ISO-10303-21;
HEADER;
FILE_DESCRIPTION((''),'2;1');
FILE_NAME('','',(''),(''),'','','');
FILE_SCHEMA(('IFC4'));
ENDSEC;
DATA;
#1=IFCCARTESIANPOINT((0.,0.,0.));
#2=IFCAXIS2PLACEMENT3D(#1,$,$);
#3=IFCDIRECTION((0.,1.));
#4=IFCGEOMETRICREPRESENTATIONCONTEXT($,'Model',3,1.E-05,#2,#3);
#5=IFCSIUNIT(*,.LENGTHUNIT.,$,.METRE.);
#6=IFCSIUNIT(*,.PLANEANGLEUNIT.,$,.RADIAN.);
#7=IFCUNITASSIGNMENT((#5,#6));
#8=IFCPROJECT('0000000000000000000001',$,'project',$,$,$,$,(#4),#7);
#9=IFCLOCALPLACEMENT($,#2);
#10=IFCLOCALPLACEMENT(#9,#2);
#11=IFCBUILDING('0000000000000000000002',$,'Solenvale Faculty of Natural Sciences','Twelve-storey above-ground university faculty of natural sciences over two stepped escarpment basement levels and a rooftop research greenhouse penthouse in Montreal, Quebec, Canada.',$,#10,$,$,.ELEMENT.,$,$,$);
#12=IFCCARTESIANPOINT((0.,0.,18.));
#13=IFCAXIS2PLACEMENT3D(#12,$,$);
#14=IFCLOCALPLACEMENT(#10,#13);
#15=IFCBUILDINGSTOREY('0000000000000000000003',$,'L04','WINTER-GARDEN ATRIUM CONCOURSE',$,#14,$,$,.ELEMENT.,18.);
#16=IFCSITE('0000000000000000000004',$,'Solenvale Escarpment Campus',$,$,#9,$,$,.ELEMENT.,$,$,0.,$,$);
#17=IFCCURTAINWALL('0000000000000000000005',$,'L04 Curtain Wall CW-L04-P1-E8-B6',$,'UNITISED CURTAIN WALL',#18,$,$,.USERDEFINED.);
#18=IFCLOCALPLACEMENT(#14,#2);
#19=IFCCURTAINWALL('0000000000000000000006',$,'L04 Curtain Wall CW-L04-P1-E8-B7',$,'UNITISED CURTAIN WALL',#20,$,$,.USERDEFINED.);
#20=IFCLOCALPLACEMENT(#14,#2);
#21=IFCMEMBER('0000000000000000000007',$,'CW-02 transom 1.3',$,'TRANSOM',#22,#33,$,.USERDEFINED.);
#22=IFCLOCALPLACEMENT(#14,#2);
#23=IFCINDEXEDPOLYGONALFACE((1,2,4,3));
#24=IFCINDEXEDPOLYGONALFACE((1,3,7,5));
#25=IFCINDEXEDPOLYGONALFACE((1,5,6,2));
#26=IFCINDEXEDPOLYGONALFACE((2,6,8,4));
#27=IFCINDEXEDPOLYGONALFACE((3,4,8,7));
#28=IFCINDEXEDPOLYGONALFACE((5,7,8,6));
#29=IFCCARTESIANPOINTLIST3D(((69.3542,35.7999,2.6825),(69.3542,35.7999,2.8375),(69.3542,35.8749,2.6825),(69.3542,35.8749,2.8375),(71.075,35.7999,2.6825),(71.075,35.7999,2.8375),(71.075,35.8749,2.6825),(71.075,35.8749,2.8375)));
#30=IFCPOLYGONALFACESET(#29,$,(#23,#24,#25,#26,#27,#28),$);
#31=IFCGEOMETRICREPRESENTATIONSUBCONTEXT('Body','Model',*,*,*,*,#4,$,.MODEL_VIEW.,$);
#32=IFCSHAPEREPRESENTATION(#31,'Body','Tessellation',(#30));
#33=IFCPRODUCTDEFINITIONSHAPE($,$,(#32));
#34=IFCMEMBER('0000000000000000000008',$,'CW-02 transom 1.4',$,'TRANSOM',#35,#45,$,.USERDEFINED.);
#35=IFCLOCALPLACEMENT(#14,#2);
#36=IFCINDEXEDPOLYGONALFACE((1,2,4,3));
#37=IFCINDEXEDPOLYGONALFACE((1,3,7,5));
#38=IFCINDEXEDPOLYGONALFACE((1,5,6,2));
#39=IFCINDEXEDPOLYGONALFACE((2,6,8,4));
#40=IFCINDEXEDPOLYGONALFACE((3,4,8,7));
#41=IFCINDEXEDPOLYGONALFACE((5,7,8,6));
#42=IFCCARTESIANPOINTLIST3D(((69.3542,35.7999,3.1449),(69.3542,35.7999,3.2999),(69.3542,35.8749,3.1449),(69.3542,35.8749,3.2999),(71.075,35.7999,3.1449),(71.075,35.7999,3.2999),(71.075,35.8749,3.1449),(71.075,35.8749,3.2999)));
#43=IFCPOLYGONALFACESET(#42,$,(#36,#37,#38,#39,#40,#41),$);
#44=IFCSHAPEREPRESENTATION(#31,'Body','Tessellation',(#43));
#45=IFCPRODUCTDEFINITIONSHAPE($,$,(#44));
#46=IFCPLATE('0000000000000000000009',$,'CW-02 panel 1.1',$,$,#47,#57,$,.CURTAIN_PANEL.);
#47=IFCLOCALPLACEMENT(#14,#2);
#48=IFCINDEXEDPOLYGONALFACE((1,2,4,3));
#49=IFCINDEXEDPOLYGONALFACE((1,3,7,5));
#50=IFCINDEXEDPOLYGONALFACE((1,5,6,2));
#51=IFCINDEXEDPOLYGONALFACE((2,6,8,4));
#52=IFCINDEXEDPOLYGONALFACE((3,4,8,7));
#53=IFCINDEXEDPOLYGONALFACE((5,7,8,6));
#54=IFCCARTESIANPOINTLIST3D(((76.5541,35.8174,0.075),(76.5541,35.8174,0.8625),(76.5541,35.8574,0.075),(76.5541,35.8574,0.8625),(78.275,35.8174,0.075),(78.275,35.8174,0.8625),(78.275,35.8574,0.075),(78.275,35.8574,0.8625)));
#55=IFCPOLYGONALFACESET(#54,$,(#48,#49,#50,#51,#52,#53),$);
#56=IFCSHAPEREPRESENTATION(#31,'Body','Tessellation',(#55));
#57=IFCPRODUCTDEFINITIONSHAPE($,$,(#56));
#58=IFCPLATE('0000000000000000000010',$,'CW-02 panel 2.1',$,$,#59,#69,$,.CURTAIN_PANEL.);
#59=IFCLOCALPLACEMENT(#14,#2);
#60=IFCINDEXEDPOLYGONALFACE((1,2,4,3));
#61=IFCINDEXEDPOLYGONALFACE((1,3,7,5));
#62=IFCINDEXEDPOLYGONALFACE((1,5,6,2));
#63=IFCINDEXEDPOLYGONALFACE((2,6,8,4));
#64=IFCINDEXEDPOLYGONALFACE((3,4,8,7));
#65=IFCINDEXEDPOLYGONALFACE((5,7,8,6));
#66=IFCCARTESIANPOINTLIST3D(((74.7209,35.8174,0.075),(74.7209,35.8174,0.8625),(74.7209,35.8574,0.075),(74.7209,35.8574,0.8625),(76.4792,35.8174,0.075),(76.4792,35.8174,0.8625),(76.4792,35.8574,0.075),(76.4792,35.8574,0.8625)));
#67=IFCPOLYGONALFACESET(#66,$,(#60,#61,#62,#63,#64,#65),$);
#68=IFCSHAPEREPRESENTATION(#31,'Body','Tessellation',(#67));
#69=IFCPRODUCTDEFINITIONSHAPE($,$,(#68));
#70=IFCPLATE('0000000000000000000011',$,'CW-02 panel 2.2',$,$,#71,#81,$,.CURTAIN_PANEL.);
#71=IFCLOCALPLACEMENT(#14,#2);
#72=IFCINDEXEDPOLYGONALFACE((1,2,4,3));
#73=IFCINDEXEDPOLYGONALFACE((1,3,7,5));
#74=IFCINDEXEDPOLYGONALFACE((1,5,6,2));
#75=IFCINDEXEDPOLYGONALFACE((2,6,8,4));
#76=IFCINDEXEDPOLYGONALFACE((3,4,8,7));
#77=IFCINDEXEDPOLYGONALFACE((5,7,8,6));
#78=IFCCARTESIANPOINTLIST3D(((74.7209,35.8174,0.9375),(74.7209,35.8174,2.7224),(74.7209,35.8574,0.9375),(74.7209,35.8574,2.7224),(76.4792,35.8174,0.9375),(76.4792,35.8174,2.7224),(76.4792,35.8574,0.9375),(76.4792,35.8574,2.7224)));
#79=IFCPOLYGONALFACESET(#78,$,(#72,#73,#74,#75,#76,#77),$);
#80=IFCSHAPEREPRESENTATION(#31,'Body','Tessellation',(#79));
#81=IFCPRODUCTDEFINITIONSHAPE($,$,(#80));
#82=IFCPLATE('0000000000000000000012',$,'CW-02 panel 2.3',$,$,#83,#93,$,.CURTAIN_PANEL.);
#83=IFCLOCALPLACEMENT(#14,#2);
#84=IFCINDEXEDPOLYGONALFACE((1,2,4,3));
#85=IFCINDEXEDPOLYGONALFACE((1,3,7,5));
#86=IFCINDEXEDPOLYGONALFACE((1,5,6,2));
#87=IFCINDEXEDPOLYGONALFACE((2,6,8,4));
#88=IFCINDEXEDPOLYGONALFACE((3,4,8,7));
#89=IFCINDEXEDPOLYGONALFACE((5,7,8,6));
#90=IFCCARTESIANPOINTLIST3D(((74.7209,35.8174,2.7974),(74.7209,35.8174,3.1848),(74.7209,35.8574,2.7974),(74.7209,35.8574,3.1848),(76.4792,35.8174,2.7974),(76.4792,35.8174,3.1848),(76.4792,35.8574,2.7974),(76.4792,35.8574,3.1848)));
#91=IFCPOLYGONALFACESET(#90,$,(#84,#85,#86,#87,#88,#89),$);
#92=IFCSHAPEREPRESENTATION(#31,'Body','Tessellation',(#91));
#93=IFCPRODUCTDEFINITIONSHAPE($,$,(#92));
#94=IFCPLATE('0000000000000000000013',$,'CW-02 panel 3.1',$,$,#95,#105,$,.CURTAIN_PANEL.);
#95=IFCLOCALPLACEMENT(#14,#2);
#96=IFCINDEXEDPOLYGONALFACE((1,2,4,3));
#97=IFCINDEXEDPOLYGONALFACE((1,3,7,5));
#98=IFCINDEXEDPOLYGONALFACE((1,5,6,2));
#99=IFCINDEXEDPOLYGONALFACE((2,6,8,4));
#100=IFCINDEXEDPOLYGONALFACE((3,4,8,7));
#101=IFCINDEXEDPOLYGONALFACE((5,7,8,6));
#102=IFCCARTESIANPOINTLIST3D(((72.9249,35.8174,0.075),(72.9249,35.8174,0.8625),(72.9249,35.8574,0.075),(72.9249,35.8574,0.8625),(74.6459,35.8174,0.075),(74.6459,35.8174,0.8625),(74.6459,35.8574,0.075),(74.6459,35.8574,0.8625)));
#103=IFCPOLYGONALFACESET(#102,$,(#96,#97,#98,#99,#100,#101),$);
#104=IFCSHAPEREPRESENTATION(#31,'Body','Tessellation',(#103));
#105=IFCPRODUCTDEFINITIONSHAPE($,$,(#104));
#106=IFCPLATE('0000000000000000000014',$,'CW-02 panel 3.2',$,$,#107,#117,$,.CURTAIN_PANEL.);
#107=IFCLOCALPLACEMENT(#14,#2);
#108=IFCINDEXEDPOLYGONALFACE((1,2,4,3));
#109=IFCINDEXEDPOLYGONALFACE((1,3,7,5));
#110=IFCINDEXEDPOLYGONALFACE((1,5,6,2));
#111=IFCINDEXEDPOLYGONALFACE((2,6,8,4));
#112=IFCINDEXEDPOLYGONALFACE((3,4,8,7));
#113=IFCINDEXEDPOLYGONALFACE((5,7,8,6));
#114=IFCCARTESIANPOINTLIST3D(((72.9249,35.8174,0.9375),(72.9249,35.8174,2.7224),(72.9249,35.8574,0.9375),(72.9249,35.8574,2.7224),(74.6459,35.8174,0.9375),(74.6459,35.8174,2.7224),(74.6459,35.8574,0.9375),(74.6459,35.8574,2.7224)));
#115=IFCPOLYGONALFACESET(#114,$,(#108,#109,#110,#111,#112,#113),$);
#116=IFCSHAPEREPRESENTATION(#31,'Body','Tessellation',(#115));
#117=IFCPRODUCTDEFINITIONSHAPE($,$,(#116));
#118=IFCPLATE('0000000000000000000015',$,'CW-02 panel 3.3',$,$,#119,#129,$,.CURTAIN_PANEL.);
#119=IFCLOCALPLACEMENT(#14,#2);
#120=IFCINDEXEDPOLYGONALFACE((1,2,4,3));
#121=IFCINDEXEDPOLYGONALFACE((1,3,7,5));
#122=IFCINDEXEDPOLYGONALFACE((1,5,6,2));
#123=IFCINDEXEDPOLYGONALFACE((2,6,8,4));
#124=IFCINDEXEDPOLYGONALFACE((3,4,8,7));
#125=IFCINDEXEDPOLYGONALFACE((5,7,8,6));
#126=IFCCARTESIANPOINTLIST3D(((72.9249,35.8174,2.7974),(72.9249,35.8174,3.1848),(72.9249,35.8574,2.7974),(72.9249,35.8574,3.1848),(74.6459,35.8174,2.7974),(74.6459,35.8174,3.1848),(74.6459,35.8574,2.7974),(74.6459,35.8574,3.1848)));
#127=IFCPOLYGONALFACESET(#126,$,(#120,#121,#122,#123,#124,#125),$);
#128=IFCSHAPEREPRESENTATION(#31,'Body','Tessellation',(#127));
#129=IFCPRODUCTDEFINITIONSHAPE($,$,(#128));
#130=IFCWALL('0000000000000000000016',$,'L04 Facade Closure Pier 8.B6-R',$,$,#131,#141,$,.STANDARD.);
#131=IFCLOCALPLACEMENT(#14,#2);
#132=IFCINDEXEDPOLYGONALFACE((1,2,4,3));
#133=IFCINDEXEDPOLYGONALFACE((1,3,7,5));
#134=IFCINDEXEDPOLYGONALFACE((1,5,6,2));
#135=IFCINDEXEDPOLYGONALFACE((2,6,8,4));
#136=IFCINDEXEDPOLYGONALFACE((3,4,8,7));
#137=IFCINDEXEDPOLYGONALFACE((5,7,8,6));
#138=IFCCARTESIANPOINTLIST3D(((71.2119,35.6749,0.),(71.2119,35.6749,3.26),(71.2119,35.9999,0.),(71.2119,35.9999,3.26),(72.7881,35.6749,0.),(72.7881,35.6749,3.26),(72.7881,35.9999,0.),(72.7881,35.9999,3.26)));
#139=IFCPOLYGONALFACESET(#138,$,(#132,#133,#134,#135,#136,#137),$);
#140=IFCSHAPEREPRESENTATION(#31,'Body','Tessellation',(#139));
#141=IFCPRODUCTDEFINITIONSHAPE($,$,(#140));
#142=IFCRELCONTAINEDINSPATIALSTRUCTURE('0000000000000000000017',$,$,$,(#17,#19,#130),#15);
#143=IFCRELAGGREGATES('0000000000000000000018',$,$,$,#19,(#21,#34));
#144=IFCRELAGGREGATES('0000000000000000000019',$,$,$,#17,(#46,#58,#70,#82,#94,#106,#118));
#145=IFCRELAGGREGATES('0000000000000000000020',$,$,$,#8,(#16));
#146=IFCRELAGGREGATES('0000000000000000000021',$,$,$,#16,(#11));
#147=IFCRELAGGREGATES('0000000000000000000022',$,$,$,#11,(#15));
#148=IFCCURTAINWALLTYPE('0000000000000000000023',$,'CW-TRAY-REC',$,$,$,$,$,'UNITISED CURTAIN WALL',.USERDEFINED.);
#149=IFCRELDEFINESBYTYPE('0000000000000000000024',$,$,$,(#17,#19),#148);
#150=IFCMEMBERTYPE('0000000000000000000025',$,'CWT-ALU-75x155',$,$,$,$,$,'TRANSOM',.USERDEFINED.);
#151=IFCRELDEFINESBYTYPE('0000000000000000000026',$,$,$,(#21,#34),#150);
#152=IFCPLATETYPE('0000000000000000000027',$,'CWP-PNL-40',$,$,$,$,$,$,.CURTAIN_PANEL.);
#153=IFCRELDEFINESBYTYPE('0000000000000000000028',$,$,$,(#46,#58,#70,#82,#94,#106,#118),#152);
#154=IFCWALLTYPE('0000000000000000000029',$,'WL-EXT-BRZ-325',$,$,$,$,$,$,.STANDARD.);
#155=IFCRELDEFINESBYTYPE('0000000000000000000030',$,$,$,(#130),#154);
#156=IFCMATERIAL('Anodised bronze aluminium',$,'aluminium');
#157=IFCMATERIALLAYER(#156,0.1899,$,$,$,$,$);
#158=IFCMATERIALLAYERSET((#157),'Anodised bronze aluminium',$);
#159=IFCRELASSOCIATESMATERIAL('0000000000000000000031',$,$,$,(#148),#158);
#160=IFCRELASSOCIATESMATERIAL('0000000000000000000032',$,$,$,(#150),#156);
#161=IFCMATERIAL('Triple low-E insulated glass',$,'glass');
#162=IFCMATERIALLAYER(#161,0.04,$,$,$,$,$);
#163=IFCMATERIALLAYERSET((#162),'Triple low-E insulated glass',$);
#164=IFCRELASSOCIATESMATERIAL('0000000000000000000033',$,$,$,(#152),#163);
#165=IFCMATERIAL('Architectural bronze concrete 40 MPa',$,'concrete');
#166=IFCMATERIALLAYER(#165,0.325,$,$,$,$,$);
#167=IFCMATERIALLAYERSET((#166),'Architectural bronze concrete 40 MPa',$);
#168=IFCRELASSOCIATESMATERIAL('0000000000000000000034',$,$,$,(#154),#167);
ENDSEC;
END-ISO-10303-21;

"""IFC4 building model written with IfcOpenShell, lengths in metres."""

from ifc_helpers import new_model, si_unit, direction, frame, frame_2d, origin, origin_2d, place, context, subcontext, project, spatial, rectangle, extrude, material, layer, layer_set, material_profile, profile_set, type_object, element, aggregate, save


model = new_model("IFC4")

# Units and contexts
model_context = context("Model", 3, precision=1e-05, world=origin(), true_north=direction((0.0, 1.0)))
body_context = subcontext(model_context, "Body", "Model", "MODEL_VIEW")
ifc_project = project(units=[si_unit("LENGTHUNIT", "METRE"), si_unit("PLANEANGLEUNIT", "RADIAN")], contexts=[model_context])

# Site, building, storey
site_placement = place(None, origin())
site = spatial("IfcSite", under=ifc_project, at=site_placement, Name="Solenvale Escarpment Campus", CompositionType="ELEMENT", RefElevation=0.0)
building_placement = place(site_placement, origin())
building = spatial("IfcBuilding", under=site, at=building_placement, Name="Solenvale Faculty of Natural Sciences", Description="Twelve-storey above-ground university faculty of natural sciences over two stepped escarpment basement levels and a rooftop research greenhouse penthouse in Montreal, Quebec, Canada.", CompositionType="ELEMENT")
storey_placement = place(building_placement, frame((0.0, 0.0, 18.0)))
storey = spatial("IfcBuildingStorey", under=building, at=storey_placement, Name="L04", Description="WINTER-GARDEN ATRIUM CONCOURSE", CompositionType="ELEMENT", Elevation=18.0)

# Curtain wall
ifc_material_1 = material(Name="Anodised bronze aluminium", Category="aluminium")
ifc_layer_1 = layer(ifc_material_1, 0.1899)
ifc_layer_set_1 = layer_set([ifc_layer_1], Name="Anodised bronze aluminium")
curtain_wall_type = type_object("IfcCurtainWallType", Name="CW-TRAY-REC", ElementType="UNITISED CURTAIN WALL", PredefinedType="USERDEFINED", material=ifc_layer_set_1)
curtain_wall_1_placement = place(storey_placement, origin())
curtain_wall_1 = element("IfcCurtainWall", 1, at=curtain_wall_1_placement, inside=storey, type_object=curtain_wall_type, Name="L04 Curtain Wall CW-L04-P1-E8-B6", ObjectType="UNITISED CURTAIN WALL", PredefinedType="USERDEFINED")

# Curtain wall
curtain_wall_2_placement = place(storey_placement, origin())
curtain_wall_2 = element("IfcCurtainWall", 2, at=curtain_wall_2_placement, inside=storey, type_object=curtain_wall_type, Name="L04 Curtain Wall CW-L04-P1-E8-B7", ObjectType="UNITISED CURTAIN WALL", PredefinedType="USERDEFINED")

# Members
ifc_material_profile_1 = material_profile(ifc_material_1, rectangle(XDim=0.075, YDim=0.155, at=origin_2d()), Name="ALU-TRN-75x155")
ifc_profile_set_1 = profile_set([ifc_material_profile_1], Name="Anodised bronze aluminium")
member_type_1 = type_object("IfcMemberType", Name="CWT-ALU-75x155", ElementType="TRANSOM", PredefinedType="USERDEFINED", material=ifc_profile_set_1)
member_1_placement = place(storey_placement, frame((71.075, 35.8374, 2.76), z_axis=(-1.0, 0.0, 0.0), x_axis=(0.0, -1.0, 0.0)))
member_1 = element("IfcMember", 3, at=member_1_placement, type_object=member_type_1, Name="CW-02 transom 1.3", ObjectType="TRANSOM", PredefinedType="USERDEFINED", context=body_context, shape_type="SweptSolid", body=[
    extrude(rectangle(XDim=0.075, YDim=0.155, at=origin_2d()), origin(), (0.0, 0.0, 1.0), 1.7207),
])
member_2_placement = place(storey_placement, frame((71.075, 35.8374, 3.2224), z_axis=(-1.0, 0.0, 0.0), x_axis=(0.0, -1.0, 0.0)))
member_2 = element("IfcMember", 4, at=member_2_placement, type_object=member_type_1, Name="CW-02 transom 1.4", ObjectType="TRANSOM", PredefinedType="USERDEFINED", context=body_context, shape_type="SweptSolid", body=[
    extrude(rectangle(XDim=0.075, YDim=0.155, at=origin_2d()), origin(), (0.0, 0.0, 1.0), 1.7207),
])
aggregate(curtain_wall_2, [member_1, member_2])

# Plates
ifc_material_2 = material(Name="Triple low-E insulated glass", Category="glass")
ifc_layer_2 = layer(ifc_material_2, 0.04)
ifc_layer_set_2 = layer_set([ifc_layer_2], Name="Triple low-E insulated glass")
plate_type = type_object("IfcPlateType", Name="CWP-PNL-40", PredefinedType="CURTAIN_PANEL", material=ifc_layer_set_2)
plate_1_placement = place(storey_placement, frame((77.4146, 35.8374, 0.075), z_axis=(0.0, 0.0, 1.0), x_axis=(-1.0, 0.0, 0.0)))
plate_1 = element("IfcPlate", 5, at=plate_1_placement, type_object=plate_type, Name="CW-02 panel 1.1", PredefinedType="CURTAIN_PANEL", context=body_context, shape_type="SweptSolid", body=[
    extrude(rectangle(XDim=1.7209, YDim=0.04, at=origin_2d()), origin(), (0.0, 0.0, 1.0), 0.7876),
])
plate_2_placement = place(storey_placement, frame((75.6001, 35.8374, 0.075), z_axis=(0.0, 0.0, 1.0), x_axis=(-1.0, 0.0, 0.0)))
plate_2 = element("IfcPlate", 6, at=plate_2_placement, type_object=plate_type, Name="CW-02 panel 2.1", PredefinedType="CURTAIN_PANEL", context=body_context, shape_type="SweptSolid", body=[
    extrude(rectangle(XDim=1.7583, YDim=0.04, at=origin_2d()), origin(), (0.0, 0.0, 1.0), 0.7876),
])
plate_3_placement = place(storey_placement, frame((75.6001, 35.8374, 0.9375), z_axis=(0.0, 0.0, 1.0), x_axis=(-1.0, 0.0, 0.0)))
plate_3 = element("IfcPlate", 7, at=plate_3_placement, type_object=plate_type, Name="CW-02 panel 2.2", PredefinedType="CURTAIN_PANEL", context=body_context, shape_type="SweptSolid", body=[
    extrude(rectangle(XDim=1.7583, YDim=0.04, at=origin_2d()), origin(), (0.0, 0.0, 1.0), 1.7849),
])
plate_4_placement = place(storey_placement, frame((75.6001, 35.8374, 2.7974), z_axis=(0.0, 0.0, 1.0), x_axis=(-1.0, 0.0, 0.0)))
plate_4 = element("IfcPlate", 8, at=plate_4_placement, type_object=plate_type, Name="CW-02 panel 2.3", PredefinedType="CURTAIN_PANEL", context=body_context, shape_type="SweptSolid", body=[
    extrude(rectangle(XDim=1.7583, YDim=0.04, at=origin_2d()), origin(), (0.0, 0.0, 1.0), 0.3875),
])
plate_5_placement = place(storey_placement, frame((73.7854, 35.8374, 0.075), z_axis=(0.0, 0.0, 1.0), x_axis=(-1.0, 0.0, 0.0)))
plate_5 = element("IfcPlate", 9, at=plate_5_placement, type_object=plate_type, Name="CW-02 panel 3.1", PredefinedType="CURTAIN_PANEL", context=body_context, shape_type="SweptSolid", body=[
    extrude(rectangle(XDim=1.7209, YDim=0.04, at=origin_2d()), origin(), (0.0, 0.0, 1.0), 0.7876),
])
plate_6_placement = place(storey_placement, frame((73.7854, 35.8374, 0.9375), z_axis=(0.0, 0.0, 1.0), x_axis=(-1.0, 0.0, 0.0)))
plate_6 = element("IfcPlate", 10, at=plate_6_placement, type_object=plate_type, Name="CW-02 panel 3.2", PredefinedType="CURTAIN_PANEL", context=body_context, shape_type="SweptSolid", body=[
    extrude(rectangle(XDim=1.7209, YDim=0.04, at=origin_2d()), origin(), (0.0, 0.0, 1.0), 1.7849),
])
plate_7_placement = place(storey_placement, frame((73.7854, 35.8374, 2.7974), z_axis=(0.0, 0.0, 1.0), x_axis=(-1.0, 0.0, 0.0)))
plate_7 = element("IfcPlate", 11, at=plate_7_placement, type_object=plate_type, Name="CW-02 panel 3.3", PredefinedType="CURTAIN_PANEL", context=body_context, shape_type="SweptSolid", body=[
    extrude(rectangle(XDim=1.7209, YDim=0.04, at=origin_2d()), origin(), (0.0, 0.0, 1.0), 0.3875),
])
aggregate(curtain_wall_1, [plate_1, plate_2, plate_3, plate_4, plate_5, plate_6, plate_7])

# Wall
ifc_material_3 = material(Name="Architectural bronze concrete 40 MPa", Category="concrete")
ifc_layer_3 = layer(ifc_material_3, 0.325)
ifc_layer_set_3 = layer_set([ifc_layer_3], Name="Architectural bronze concrete 40 MPa")
wall_type = type_object("IfcWallType", Name="WL-EXT-BRZ-325", PredefinedType="STANDARD", material=ifc_layer_set_3)
wall_placement = place(storey_placement, frame((72.7881, 35.8374, 0.0), z_axis=(0.0, 0.0, 1.0), x_axis=(-1.0, 0.0, 0.0)))
element("IfcWall", 12, at=wall_placement, inside=storey, type_object=wall_type, Name="L04 Facade Closure Pier 8.B6-R", PredefinedType="STANDARD", context=body_context, shape_type="SweptSolid", body=[
    extrude(rectangle(XDim=1.5762, YDim=0.325, at=frame_2d((0.7881, 0.0))), origin(), (0.0, 0.0, 1.0), 3.26),
])

save(model, "model.ifc")
